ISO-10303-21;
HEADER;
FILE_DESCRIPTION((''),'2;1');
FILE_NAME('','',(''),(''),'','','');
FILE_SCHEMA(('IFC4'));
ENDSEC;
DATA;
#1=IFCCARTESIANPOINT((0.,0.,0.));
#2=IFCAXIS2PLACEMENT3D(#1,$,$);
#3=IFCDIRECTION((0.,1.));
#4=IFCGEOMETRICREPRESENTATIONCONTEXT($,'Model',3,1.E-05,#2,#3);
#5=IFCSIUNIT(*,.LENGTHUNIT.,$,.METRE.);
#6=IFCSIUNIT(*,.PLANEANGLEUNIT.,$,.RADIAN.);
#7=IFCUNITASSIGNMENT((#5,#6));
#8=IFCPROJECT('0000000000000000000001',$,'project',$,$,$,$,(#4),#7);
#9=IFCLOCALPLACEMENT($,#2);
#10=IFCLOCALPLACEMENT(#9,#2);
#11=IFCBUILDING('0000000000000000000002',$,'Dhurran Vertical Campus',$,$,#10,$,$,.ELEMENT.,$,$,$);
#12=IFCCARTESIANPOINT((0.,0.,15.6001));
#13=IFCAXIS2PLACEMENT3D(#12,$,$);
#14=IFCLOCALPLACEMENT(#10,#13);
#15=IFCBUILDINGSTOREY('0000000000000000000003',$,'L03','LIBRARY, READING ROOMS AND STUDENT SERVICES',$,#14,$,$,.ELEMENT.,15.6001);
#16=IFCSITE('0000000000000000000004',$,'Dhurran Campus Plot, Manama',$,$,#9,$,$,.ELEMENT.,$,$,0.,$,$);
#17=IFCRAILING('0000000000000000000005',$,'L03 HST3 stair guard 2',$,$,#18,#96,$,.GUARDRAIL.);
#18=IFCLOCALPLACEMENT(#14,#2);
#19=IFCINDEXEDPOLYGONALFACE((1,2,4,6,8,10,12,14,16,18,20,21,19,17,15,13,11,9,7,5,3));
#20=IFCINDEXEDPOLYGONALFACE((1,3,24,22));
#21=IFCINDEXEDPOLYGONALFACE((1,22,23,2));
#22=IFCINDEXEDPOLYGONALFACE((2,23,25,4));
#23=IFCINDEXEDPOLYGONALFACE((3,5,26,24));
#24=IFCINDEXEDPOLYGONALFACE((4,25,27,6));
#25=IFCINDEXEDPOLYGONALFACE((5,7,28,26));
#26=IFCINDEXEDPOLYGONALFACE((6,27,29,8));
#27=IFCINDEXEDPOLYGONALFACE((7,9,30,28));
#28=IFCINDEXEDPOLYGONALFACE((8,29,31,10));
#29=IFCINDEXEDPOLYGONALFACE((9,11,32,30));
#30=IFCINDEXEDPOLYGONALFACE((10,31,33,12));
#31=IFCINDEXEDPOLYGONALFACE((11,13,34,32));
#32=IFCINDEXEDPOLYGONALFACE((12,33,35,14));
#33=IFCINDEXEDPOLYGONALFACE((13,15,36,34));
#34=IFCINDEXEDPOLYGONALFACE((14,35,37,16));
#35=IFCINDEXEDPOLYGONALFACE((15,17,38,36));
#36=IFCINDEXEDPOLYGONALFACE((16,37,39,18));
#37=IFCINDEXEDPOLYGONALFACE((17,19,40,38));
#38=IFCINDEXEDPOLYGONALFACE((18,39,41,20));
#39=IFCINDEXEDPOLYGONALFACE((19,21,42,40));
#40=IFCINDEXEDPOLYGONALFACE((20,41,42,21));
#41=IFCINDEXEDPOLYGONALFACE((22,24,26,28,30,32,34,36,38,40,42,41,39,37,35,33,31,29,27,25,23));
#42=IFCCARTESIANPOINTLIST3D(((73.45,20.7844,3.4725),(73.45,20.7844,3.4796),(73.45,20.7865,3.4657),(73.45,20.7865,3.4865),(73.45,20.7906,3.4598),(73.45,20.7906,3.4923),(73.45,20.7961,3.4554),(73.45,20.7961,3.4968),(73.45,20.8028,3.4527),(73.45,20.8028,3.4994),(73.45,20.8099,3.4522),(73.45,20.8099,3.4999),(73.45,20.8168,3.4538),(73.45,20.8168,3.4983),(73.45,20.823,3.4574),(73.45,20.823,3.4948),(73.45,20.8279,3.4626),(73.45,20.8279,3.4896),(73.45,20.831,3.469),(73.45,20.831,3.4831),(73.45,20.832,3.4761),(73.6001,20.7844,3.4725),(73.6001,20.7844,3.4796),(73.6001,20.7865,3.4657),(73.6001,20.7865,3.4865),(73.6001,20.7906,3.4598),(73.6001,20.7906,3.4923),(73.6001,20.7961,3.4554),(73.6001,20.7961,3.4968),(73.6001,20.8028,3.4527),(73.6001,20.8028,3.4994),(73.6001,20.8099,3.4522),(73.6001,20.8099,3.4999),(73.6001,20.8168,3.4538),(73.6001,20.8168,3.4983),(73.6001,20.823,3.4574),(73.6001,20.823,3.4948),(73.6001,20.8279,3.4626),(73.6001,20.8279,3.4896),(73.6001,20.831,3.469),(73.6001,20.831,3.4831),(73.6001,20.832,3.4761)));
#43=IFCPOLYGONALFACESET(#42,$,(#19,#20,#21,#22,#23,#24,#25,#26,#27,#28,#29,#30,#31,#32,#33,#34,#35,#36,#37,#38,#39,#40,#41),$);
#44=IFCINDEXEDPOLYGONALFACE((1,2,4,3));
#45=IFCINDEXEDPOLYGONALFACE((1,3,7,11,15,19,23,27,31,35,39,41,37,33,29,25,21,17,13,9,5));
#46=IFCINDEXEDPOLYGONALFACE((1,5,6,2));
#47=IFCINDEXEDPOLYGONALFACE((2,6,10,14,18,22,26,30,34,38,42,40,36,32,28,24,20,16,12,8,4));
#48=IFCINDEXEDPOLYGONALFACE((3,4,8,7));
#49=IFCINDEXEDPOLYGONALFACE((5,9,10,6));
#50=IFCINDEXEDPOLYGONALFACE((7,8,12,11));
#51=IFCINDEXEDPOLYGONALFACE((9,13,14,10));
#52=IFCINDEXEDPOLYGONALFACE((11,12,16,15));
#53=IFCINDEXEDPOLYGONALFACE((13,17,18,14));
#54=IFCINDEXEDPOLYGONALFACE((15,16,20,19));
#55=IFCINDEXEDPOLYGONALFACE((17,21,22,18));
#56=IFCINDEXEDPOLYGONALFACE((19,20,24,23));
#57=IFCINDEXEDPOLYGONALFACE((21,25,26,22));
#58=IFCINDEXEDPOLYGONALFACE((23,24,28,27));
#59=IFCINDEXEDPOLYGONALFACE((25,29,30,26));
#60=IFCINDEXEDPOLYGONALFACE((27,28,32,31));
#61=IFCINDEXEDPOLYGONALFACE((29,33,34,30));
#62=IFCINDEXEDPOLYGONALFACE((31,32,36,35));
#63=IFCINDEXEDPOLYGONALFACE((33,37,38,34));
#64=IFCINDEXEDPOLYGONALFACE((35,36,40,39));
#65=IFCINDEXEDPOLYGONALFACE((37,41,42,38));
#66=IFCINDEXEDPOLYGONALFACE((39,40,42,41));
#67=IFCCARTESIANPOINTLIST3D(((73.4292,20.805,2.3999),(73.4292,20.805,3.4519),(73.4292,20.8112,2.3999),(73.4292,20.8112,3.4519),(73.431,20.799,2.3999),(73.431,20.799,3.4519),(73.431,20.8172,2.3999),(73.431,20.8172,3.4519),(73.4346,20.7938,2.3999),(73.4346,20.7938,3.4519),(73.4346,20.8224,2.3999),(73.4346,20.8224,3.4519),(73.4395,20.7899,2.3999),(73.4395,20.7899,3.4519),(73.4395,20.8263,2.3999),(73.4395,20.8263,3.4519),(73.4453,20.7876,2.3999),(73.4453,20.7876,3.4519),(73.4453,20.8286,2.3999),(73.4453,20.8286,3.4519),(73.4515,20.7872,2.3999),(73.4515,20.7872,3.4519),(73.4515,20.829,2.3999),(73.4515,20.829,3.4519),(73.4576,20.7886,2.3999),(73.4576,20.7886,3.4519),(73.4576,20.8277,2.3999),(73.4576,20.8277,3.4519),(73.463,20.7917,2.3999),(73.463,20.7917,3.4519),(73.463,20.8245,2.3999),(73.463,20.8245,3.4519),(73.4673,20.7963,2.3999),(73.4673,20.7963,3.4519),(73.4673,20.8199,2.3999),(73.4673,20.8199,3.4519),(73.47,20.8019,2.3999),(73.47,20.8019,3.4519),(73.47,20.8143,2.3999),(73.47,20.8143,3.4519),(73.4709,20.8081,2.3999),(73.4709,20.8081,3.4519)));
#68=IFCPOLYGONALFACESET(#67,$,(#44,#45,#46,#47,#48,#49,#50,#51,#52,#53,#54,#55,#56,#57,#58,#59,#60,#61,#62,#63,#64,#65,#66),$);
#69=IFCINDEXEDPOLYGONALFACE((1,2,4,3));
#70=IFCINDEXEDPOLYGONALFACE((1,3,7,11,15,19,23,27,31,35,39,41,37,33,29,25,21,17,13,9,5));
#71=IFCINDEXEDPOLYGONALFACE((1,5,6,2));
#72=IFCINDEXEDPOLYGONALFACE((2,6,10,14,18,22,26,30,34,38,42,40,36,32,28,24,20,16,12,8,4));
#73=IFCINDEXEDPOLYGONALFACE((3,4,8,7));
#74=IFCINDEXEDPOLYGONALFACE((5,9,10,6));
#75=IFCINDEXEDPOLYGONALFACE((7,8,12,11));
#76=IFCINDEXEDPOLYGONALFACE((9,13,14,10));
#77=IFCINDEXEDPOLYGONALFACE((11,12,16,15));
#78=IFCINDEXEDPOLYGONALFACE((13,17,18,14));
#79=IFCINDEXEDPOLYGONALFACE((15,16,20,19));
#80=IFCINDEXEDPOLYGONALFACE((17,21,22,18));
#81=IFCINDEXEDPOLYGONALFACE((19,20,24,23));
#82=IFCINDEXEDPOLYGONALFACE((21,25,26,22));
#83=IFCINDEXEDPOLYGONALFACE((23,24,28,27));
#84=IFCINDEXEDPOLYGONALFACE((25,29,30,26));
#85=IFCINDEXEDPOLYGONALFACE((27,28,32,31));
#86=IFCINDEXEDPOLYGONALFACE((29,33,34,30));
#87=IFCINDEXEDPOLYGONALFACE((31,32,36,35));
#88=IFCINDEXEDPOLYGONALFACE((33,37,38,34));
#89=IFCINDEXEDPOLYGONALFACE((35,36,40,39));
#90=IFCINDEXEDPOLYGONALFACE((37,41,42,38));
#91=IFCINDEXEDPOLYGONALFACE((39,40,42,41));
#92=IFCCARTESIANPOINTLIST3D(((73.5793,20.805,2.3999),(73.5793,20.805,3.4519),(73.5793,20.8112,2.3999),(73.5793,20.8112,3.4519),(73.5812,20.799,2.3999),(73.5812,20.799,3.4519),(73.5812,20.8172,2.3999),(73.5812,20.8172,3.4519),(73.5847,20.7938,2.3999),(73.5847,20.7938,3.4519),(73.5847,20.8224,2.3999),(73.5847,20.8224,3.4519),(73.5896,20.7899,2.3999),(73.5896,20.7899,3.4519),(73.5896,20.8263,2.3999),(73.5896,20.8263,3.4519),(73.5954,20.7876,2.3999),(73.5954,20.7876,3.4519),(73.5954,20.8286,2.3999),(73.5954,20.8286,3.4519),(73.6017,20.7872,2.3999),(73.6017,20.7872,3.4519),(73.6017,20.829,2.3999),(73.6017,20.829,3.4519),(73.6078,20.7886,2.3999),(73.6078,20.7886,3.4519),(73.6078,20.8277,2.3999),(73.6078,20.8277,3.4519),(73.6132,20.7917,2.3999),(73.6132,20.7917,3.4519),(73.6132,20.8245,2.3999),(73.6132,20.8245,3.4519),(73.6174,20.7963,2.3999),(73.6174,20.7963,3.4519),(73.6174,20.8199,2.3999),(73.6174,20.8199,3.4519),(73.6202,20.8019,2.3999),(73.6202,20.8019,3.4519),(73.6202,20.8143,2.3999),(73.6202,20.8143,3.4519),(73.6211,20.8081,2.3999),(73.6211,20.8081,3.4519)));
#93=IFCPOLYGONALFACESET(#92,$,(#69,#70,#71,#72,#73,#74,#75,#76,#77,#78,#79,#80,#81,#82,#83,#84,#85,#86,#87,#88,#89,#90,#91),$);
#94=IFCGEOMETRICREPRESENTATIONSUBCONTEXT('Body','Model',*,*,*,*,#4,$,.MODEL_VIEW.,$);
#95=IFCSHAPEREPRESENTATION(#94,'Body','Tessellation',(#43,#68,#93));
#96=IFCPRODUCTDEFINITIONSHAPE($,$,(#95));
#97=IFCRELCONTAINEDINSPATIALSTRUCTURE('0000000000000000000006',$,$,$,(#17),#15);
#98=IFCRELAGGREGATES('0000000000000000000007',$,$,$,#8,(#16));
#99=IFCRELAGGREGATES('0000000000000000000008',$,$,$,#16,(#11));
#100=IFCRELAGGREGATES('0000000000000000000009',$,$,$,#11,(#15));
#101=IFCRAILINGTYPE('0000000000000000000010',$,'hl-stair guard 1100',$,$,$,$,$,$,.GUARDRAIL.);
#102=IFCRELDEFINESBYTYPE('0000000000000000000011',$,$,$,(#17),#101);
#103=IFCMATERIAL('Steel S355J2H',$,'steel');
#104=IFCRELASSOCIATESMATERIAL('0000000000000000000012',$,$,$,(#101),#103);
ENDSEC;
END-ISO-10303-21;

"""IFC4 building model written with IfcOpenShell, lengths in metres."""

from ifc_helpers import new_model, si_unit, direction, frame, origin, origin_2d, place, context, subcontext, project, spatial, circle, extrude, material, type_object, element, save


model = new_model("IFC4")

# Units and contexts
model_context = context("Model", 3, precision=1e-05, world=origin(), true_north=direction((0.0, 1.0)))
body_context = subcontext(model_context, "Body", "Model", "MODEL_VIEW")
ifc_project = project(units=[si_unit("LENGTHUNIT", "METRE"), si_unit("PLANEANGLEUNIT", "RADIAN")], contexts=[model_context])

# Site, building, storey
site_placement = place(None, origin())
site = spatial("IfcSite", under=ifc_project, at=site_placement, Name="Dhurran Campus Plot, Manama", CompositionType="ELEMENT", RefElevation=0.0)
building_placement = place(site_placement, origin())
building = spatial("IfcBuilding", under=site, at=building_placement, Name="Dhurran Vertical Campus", CompositionType="ELEMENT")
storey_placement = place(building_placement, frame((0.0, 0.0, 15.6001)))
storey = spatial("IfcBuildingStorey", under=building, at=storey_placement, Name="L03", Description="LIBRARY, READING ROOMS AND STUDENT SERVICES", CompositionType="ELEMENT", Elevation=15.6001)

# Railing
ifc_material_1 = material(Name="Steel S355J2H", Category="steel")
railing_type_1 = type_object("IfcRailingType", Name="hl-stair guard 1100", PredefinedType="GUARDRAIL", material=ifc_material_1)
railing_1_placement = place(storey_placement, frame((73.45, 20.8081, 2.3999)))
element("IfcRailing", 1, at=railing_1_placement, inside=storey, type_object=railing_type_1, Name="L03 HST3 stair guard 2", PredefinedType="GUARDRAIL", context=body_context, shape_type="SweptSolid", body=[
    extrude(circle(Radius=0.0239, at=origin_2d()), frame((0.0, 0.0, 1.0762), z_axis=(1.0, 0.0, 0.0), x_axis=(0.0, 1.0, 0.0)), (0.0, 0.0, 1.0), 0.1501),
    extrude(circle(Radius=0.021, at=origin_2d()), origin(), (0.0, 0.0, 1.0), 1.052),
    extrude(circle(Radius=0.021, at=origin_2d()), frame((0.1501, 0.0, 0.0)), (0.0, 0.0, 1.0), 1.052),
])

save(model, "model.ifc")
